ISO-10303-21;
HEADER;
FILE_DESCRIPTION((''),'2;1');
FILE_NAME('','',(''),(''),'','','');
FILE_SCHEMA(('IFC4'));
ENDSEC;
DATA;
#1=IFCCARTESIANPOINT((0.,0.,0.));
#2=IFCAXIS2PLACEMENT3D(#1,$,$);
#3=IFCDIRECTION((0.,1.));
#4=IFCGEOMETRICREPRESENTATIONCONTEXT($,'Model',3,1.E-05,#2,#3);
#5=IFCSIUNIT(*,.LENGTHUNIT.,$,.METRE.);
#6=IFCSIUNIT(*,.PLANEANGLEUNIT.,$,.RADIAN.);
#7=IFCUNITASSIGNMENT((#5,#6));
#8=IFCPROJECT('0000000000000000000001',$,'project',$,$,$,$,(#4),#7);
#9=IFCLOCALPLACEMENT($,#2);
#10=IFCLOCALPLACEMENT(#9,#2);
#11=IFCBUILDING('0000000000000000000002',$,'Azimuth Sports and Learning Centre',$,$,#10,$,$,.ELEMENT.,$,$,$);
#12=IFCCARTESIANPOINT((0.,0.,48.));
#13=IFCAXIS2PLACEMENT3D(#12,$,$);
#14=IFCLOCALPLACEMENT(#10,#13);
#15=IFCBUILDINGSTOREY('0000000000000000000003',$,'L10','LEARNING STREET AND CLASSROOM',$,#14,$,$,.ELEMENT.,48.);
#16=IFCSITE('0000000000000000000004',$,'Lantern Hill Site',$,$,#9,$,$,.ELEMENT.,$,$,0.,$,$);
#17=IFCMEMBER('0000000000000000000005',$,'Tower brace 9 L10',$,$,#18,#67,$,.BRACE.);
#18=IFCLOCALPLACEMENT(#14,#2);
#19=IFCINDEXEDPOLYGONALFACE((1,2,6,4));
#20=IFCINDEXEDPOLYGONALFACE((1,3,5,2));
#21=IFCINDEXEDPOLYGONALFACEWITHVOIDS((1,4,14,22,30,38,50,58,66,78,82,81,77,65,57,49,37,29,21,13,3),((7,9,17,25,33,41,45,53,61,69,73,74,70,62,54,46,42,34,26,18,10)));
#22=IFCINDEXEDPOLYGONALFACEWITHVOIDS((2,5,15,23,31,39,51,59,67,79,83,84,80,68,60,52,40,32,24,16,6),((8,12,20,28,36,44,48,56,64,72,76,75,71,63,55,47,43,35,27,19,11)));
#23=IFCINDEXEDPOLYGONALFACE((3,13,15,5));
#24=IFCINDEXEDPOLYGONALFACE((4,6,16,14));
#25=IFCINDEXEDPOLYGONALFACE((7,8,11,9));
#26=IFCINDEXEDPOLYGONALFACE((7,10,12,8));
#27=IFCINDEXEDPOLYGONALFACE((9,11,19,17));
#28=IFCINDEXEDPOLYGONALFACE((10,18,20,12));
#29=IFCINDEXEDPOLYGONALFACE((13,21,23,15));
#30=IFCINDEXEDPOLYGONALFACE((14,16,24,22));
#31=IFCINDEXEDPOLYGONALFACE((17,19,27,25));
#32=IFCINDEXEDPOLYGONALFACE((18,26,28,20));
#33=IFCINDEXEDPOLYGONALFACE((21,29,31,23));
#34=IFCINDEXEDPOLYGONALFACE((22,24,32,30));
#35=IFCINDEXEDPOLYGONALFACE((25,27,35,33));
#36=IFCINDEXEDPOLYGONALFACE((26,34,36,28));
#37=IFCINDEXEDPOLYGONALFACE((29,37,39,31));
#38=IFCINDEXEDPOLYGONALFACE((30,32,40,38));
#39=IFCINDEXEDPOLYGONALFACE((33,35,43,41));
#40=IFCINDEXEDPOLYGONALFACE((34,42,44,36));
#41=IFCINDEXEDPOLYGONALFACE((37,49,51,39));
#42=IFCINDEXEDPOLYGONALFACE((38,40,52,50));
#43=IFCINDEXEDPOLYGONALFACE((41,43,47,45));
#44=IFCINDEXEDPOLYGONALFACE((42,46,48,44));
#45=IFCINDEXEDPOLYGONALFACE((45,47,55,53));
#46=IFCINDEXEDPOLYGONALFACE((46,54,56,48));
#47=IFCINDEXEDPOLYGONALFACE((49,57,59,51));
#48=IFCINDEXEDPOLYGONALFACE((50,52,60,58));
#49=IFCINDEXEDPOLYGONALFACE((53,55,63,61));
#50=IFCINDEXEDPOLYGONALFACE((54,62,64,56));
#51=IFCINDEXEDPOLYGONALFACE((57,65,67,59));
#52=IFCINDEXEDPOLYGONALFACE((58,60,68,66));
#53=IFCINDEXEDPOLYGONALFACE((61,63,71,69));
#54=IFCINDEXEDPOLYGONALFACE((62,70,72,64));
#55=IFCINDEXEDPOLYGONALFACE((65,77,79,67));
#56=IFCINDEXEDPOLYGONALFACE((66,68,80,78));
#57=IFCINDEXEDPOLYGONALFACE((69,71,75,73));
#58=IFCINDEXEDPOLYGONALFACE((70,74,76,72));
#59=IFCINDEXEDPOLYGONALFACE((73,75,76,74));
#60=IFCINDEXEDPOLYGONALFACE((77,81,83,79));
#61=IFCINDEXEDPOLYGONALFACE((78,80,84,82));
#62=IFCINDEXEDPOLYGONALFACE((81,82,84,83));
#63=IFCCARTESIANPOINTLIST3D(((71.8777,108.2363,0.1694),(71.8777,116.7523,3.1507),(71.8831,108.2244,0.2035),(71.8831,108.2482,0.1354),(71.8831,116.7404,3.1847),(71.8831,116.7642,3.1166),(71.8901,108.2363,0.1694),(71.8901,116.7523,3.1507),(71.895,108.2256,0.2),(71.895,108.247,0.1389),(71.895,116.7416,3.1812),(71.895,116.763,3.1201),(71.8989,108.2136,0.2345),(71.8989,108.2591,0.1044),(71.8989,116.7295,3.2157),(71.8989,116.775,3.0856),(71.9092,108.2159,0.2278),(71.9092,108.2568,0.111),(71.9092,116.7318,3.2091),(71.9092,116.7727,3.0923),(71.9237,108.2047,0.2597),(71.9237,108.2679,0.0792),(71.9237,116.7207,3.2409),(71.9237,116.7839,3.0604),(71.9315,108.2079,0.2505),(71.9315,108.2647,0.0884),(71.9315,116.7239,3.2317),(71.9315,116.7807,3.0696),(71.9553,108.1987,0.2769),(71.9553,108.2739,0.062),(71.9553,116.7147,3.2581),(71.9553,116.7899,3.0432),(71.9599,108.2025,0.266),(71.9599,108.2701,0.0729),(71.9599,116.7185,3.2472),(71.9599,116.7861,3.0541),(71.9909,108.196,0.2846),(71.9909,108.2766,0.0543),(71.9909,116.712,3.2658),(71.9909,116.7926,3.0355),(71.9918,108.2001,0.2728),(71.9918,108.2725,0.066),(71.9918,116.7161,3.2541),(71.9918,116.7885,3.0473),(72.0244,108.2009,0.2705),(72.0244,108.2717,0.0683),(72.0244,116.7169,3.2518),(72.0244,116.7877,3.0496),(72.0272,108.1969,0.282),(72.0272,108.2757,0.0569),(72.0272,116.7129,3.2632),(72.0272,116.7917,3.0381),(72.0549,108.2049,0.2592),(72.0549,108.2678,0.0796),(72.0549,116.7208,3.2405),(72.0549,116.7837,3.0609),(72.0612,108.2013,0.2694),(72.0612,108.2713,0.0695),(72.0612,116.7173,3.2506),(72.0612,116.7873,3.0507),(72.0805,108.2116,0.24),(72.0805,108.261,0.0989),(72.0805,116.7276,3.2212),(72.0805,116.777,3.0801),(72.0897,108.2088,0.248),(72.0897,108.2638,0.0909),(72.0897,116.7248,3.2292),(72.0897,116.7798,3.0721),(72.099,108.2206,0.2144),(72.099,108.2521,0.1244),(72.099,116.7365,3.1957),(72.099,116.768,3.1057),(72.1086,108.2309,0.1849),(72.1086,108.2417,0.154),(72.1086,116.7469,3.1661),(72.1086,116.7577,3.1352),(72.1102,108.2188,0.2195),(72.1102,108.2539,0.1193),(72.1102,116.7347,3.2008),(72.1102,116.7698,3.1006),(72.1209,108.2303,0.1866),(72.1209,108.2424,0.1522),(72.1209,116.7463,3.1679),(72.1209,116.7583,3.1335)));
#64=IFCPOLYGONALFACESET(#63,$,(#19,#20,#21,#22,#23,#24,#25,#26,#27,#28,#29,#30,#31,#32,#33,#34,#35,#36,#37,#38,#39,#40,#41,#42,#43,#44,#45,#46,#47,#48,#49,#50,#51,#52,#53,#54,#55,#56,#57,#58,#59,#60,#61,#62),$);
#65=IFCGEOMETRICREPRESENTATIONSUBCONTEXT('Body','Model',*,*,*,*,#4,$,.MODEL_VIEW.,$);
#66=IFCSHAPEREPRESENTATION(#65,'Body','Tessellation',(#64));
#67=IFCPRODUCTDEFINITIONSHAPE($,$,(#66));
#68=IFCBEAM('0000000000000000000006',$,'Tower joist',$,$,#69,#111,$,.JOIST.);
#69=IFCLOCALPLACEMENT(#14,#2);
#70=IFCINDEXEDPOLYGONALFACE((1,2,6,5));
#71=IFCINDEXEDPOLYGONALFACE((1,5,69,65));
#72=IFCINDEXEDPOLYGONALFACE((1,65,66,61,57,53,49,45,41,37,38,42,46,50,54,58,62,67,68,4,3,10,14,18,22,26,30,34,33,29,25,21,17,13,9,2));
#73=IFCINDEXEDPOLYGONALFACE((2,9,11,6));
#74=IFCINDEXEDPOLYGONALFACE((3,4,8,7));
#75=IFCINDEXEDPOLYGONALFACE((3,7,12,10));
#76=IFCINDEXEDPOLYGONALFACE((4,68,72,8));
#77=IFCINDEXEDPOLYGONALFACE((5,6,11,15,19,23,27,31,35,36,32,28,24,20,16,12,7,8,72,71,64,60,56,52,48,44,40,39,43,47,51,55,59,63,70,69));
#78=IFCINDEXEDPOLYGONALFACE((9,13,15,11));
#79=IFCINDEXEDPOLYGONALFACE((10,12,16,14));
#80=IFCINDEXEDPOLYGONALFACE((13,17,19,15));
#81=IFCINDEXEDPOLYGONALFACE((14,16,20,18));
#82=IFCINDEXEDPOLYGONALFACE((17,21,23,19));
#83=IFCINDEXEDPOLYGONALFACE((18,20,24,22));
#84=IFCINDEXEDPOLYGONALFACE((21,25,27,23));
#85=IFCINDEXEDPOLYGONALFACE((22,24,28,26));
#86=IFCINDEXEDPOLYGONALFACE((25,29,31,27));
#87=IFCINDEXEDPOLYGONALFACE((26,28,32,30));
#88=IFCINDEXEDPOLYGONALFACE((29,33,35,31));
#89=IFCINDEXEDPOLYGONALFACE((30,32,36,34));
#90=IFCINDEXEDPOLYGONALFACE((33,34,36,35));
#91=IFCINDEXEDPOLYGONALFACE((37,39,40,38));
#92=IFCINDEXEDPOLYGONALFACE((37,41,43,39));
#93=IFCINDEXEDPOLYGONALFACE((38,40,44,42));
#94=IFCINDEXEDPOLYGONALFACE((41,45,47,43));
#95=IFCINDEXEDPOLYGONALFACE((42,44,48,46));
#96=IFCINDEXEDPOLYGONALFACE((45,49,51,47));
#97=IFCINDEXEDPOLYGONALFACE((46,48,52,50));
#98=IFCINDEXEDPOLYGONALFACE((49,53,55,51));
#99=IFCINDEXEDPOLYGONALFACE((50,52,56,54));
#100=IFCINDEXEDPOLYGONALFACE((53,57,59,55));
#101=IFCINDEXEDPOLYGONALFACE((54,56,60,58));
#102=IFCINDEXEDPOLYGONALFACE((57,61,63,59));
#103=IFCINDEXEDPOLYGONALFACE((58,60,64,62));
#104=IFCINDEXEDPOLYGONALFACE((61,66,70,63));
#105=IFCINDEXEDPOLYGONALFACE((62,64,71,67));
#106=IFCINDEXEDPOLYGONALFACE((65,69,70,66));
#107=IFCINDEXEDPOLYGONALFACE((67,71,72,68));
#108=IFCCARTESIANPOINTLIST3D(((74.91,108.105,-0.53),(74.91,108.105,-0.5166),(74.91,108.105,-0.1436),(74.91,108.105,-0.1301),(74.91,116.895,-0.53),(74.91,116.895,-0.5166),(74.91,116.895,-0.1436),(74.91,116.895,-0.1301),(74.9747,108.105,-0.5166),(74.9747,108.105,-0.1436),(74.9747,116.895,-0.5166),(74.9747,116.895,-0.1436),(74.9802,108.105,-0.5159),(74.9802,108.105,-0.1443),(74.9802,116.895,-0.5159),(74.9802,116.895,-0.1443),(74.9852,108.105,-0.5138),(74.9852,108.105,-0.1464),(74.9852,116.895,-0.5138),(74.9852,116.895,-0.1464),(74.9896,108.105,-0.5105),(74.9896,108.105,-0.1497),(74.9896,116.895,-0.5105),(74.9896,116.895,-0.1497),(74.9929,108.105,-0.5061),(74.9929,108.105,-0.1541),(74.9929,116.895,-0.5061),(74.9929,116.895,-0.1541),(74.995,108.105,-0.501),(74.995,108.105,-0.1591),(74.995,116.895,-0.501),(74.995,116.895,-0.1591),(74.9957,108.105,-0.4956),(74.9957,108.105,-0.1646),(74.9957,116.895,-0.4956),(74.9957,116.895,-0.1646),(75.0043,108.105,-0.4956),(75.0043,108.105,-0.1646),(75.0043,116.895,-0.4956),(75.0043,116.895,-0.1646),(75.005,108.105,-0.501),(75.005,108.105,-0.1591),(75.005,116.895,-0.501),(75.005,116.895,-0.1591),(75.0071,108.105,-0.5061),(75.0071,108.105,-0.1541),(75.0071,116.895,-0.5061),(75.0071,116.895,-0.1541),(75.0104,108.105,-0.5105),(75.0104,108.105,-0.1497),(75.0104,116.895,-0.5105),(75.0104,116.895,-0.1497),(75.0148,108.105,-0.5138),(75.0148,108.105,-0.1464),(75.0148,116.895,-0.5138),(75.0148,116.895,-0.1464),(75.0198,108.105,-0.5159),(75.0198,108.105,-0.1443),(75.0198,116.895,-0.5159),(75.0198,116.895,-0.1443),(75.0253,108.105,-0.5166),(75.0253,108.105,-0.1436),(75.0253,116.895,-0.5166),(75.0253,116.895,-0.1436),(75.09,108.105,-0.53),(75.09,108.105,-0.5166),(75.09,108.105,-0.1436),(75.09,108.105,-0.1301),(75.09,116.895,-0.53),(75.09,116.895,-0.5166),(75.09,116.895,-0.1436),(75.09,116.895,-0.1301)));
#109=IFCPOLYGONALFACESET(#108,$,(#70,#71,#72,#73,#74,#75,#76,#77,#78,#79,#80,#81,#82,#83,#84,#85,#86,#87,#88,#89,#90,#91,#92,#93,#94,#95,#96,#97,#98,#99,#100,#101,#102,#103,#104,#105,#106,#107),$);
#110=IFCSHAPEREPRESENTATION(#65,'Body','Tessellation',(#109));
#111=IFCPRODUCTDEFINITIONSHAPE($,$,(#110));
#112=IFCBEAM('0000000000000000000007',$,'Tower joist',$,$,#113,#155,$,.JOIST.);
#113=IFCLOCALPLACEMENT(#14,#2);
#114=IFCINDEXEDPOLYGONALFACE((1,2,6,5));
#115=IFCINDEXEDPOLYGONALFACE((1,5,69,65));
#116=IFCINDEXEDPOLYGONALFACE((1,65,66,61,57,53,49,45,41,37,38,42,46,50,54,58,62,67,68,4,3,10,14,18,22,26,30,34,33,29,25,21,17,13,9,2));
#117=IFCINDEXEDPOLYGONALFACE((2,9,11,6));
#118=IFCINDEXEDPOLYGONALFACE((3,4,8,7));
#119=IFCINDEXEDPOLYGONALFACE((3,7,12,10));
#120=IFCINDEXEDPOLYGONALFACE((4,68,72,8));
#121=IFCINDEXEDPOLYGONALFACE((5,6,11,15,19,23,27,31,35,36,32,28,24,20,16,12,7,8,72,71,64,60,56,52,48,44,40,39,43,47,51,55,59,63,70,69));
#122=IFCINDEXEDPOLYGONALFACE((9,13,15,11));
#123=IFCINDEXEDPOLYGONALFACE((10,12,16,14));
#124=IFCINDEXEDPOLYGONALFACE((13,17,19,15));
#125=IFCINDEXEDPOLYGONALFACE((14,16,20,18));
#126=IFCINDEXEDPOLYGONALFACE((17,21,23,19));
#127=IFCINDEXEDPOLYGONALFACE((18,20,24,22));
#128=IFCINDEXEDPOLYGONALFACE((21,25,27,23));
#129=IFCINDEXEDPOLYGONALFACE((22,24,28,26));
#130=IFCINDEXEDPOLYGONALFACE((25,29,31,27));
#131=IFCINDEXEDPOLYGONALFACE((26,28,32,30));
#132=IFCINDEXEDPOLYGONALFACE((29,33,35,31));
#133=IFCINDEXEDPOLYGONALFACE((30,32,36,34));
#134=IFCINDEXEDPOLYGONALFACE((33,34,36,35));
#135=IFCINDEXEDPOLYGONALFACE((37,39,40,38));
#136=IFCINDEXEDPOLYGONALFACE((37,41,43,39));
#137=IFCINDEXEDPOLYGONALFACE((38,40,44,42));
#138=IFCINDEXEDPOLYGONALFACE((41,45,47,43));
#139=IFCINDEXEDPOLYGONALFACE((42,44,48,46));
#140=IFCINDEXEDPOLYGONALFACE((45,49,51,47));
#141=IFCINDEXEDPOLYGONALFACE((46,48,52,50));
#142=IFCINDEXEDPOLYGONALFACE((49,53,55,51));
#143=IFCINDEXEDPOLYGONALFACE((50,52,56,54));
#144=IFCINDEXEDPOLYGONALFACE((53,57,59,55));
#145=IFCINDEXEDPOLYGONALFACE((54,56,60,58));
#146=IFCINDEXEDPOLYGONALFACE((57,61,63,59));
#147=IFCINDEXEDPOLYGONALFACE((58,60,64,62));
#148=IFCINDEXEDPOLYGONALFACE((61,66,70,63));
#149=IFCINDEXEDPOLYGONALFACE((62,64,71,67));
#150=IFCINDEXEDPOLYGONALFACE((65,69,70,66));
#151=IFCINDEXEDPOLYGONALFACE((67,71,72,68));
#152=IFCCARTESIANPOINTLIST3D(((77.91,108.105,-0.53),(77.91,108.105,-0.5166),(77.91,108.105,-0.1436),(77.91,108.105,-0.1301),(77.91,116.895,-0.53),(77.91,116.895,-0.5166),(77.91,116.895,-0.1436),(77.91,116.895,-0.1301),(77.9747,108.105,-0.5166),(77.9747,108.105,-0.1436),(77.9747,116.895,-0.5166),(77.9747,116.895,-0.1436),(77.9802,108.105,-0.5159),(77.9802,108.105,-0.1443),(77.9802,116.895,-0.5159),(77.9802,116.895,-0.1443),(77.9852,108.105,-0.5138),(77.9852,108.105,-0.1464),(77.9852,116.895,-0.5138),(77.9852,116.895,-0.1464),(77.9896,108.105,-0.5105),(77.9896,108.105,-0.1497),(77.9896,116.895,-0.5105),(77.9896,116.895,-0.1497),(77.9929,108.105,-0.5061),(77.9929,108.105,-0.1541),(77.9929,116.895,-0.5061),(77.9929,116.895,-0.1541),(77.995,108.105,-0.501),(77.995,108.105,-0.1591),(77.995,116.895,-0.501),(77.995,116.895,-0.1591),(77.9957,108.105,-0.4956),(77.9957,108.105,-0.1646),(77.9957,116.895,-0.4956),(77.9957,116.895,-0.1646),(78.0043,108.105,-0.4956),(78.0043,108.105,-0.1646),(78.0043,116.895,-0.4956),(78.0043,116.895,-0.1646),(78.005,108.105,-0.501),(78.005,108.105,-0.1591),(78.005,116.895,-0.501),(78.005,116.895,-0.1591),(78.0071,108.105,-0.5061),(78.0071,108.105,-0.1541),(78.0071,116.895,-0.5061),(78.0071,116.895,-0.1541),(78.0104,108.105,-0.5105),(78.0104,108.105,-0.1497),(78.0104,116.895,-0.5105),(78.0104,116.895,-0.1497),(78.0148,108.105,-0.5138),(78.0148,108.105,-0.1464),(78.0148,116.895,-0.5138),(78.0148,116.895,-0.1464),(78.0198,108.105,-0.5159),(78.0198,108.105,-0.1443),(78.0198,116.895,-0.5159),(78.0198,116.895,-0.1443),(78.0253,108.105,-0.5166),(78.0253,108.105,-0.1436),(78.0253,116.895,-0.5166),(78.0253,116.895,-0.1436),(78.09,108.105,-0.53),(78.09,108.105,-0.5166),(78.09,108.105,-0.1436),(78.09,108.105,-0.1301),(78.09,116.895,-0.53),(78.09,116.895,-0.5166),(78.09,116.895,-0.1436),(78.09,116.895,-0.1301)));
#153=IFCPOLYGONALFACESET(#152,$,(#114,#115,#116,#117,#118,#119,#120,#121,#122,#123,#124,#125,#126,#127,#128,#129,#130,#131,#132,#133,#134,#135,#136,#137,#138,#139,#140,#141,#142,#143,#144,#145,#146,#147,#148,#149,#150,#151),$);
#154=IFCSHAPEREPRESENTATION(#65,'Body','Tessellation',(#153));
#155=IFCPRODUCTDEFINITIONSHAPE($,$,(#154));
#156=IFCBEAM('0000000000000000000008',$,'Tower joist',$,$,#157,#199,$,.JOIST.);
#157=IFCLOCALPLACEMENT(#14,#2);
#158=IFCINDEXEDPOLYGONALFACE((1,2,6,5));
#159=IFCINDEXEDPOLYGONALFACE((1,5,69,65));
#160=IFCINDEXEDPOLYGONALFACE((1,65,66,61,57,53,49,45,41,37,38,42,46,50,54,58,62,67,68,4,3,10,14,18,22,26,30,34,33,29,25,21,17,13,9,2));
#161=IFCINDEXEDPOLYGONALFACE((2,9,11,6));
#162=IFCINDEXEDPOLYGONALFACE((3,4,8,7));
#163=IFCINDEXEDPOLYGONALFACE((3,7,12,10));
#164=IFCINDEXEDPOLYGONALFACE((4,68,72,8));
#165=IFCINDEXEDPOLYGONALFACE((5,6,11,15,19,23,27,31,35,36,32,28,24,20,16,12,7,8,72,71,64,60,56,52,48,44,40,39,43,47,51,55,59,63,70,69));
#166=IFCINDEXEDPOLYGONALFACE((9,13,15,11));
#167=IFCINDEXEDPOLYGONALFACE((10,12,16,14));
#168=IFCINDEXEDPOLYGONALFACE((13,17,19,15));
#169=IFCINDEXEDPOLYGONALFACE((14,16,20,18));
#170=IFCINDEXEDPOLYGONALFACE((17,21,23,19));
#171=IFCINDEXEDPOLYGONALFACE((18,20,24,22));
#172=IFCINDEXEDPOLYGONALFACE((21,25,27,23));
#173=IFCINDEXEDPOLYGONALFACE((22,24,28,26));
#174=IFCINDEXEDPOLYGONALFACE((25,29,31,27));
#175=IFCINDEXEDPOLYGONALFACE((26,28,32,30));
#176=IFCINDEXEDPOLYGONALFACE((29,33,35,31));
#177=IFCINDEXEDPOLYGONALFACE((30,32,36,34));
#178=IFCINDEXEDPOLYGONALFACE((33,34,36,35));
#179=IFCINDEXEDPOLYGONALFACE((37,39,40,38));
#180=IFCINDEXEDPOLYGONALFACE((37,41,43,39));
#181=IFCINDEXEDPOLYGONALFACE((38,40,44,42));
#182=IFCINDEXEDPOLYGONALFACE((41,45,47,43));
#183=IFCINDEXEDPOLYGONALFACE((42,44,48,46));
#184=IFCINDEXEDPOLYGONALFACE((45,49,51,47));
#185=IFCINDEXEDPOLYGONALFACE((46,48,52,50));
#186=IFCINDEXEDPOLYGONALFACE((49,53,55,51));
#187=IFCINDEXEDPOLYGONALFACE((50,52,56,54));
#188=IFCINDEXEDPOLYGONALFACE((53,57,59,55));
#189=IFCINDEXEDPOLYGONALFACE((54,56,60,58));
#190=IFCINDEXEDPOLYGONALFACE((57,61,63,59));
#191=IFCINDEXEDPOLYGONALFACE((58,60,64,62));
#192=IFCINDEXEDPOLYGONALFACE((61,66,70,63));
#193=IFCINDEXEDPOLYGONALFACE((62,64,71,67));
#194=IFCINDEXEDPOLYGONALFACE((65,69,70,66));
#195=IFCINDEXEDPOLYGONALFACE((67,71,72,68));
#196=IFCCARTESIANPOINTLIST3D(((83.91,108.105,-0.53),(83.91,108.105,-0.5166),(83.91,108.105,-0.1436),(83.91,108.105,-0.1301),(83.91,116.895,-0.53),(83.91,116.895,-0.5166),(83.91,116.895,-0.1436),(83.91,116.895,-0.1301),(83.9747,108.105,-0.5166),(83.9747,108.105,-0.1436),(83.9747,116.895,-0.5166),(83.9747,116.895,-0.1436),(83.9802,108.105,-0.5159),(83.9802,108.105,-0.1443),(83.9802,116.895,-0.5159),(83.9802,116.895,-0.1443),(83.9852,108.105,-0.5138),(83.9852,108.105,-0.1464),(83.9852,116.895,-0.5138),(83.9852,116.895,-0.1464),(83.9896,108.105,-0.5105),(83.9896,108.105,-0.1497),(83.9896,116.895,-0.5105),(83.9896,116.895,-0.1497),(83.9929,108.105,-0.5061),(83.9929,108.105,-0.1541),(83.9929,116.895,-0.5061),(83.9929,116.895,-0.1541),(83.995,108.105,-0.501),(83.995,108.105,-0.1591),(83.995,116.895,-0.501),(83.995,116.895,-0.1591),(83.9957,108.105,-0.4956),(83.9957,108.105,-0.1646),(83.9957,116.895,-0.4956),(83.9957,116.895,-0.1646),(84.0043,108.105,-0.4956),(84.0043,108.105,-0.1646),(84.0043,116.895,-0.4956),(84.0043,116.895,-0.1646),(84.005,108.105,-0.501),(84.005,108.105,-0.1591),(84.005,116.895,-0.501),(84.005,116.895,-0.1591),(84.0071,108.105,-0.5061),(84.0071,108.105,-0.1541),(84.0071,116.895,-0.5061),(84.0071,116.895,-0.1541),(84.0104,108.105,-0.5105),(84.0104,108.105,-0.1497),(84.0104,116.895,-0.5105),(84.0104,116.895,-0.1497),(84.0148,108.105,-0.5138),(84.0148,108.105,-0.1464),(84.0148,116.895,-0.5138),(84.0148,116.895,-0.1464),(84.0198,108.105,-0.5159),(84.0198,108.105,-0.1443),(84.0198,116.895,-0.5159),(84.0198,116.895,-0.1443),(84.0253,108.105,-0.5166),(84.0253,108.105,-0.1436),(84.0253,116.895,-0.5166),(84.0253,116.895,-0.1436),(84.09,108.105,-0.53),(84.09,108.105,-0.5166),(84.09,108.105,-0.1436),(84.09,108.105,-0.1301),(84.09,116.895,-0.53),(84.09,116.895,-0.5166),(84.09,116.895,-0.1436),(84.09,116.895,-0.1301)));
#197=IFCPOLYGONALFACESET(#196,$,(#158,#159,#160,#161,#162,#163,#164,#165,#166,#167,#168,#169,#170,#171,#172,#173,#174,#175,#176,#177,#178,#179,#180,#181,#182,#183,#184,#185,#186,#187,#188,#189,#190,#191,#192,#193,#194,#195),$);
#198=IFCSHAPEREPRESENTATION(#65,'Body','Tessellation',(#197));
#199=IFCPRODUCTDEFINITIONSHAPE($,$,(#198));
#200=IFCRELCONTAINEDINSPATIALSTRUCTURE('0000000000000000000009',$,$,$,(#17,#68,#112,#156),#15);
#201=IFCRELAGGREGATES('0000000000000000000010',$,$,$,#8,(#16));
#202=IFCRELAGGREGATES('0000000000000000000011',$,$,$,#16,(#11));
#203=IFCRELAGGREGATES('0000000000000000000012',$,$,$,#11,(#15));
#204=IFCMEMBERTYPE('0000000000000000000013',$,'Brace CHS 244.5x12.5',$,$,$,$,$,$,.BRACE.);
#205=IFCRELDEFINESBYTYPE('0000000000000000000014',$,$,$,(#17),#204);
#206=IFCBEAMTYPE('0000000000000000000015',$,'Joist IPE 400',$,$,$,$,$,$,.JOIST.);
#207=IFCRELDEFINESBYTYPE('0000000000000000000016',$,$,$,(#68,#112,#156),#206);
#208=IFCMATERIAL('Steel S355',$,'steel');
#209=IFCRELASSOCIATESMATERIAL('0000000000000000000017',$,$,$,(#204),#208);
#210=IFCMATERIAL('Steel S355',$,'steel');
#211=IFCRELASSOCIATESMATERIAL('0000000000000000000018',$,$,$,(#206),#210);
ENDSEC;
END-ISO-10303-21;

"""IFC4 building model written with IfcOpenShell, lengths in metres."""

from ifc_helpers import new_model, si_unit, direction, frame, origin, origin_2d, place, context, subcontext, project, spatial, hollow_circle, i_section, extrude, material, material_profile, profile_set, type_object, element, save


model = new_model("IFC4")

# Units and contexts
model_context = context("Model", 3, precision=1e-05, world=origin(), true_north=direction((0.0, 1.0)))
body_context = subcontext(model_context, "Body", "Model", "MODEL_VIEW")
ifc_project = project(units=[si_unit("LENGTHUNIT", "METRE"), si_unit("PLANEANGLEUNIT", "RADIAN")], contexts=[model_context])

# Site, building, storey
site_placement = place(None, origin())
site = spatial("IfcSite", under=ifc_project, at=site_placement, Name="Lantern Hill Site", CompositionType="ELEMENT", RefElevation=0.0)
building_placement = place(site_placement, origin())
building = spatial("IfcBuilding", under=site, at=building_placement, Name="Azimuth Sports and Learning Centre", CompositionType="ELEMENT")
storey_placement = place(building_placement, frame((0.0, 0.0, 48.0)))
storey = spatial("IfcBuildingStorey", under=building, at=storey_placement, Name="L10", Description="LEARNING STREET AND CLASSROOM", CompositionType="ELEMENT", Elevation=48.0)

# Member
ifc_material_1 = material(Name="Steel S355", Category="steel")
ifc_material_profile_1 = material_profile(ifc_material_1, hollow_circle(Radius=0.1223, WallThickness=0.0125, at=origin_2d()), Name="CHS 244.5x12.5")
ifc_profile_set_1 = profile_set([ifc_material_profile_1], Name="Steel S355")
member_type = type_object("IfcMemberType", Name="Brace CHS 244.5x12.5", PredefinedType="BRACE", material=ifc_profile_set_1)
member_placement = place(storey_placement, frame((72.0, 108.2363, 0.1694), z_axis=(0.0, 0.943836, 0.330414), x_axis=(-1.0, 0.0, 0.0)))
element("IfcMember", 1, at=member_placement, inside=storey, type_object=member_type, Name="Tower brace 9 L10", PredefinedType="BRACE", context=body_context, shape_type="SweptSolid", body=[
    extrude(hollow_circle(Radius=0.1223, WallThickness=0.0125, at=origin_2d()), origin(), (0.0, 0.0, 1.0), 9.0227),
])

# Beams
ifc_material_2 = material(Name="Steel S355", Category="steel")
ifc_material_profile_2 = material_profile(ifc_material_2, i_section(OverallWidth=0.1799, OverallDepth=0.3999, WebThickness=0.0085, FlangeThickness=0.0134, FilletRadius=0.021, at=origin_2d()), Name="IPE 400")
ifc_profile_set_2 = profile_set([ifc_material_profile_2], Name="Steel S355")
beam_type_1 = type_object("IfcBeamType", Name="Joist IPE 400", PredefinedType="JOIST", material=ifc_profile_set_2)
for number, where, z_axis, x_axis, name in (
    (2, (75.0, 108.105, -0.3301), (0.0, 1.0, 0.0), (-1.0, 0.0, 0.0), "Tower joist"),
    (3, (78.0, 108.105, -0.3301), (0.0, 1.0, 0.0), (-1.0, 0.0, 0.0), "Tower joist"),
    (4, (84.0, 108.105, -0.3301), (0.0, 1.0, 0.0), (-1.0, 0.0, 0.0), "Tower joist"),
):
    element("IfcBeam", number, at=place(storey_placement, frame(where, z_axis=z_axis, x_axis=x_axis)), inside=storey, type_object=beam_type_1, Name=name, PredefinedType="JOIST", context=body_context, shape_type="SweptSolid", body=[
        extrude(i_section(OverallWidth=0.1799, OverallDepth=0.3999, WebThickness=0.0085, FlangeThickness=0.0134, FilletRadius=0.021, at=origin_2d()), origin(), (0.0, 0.0, 1.0), 8.79),
    ])

save(model, "model.ifc")
